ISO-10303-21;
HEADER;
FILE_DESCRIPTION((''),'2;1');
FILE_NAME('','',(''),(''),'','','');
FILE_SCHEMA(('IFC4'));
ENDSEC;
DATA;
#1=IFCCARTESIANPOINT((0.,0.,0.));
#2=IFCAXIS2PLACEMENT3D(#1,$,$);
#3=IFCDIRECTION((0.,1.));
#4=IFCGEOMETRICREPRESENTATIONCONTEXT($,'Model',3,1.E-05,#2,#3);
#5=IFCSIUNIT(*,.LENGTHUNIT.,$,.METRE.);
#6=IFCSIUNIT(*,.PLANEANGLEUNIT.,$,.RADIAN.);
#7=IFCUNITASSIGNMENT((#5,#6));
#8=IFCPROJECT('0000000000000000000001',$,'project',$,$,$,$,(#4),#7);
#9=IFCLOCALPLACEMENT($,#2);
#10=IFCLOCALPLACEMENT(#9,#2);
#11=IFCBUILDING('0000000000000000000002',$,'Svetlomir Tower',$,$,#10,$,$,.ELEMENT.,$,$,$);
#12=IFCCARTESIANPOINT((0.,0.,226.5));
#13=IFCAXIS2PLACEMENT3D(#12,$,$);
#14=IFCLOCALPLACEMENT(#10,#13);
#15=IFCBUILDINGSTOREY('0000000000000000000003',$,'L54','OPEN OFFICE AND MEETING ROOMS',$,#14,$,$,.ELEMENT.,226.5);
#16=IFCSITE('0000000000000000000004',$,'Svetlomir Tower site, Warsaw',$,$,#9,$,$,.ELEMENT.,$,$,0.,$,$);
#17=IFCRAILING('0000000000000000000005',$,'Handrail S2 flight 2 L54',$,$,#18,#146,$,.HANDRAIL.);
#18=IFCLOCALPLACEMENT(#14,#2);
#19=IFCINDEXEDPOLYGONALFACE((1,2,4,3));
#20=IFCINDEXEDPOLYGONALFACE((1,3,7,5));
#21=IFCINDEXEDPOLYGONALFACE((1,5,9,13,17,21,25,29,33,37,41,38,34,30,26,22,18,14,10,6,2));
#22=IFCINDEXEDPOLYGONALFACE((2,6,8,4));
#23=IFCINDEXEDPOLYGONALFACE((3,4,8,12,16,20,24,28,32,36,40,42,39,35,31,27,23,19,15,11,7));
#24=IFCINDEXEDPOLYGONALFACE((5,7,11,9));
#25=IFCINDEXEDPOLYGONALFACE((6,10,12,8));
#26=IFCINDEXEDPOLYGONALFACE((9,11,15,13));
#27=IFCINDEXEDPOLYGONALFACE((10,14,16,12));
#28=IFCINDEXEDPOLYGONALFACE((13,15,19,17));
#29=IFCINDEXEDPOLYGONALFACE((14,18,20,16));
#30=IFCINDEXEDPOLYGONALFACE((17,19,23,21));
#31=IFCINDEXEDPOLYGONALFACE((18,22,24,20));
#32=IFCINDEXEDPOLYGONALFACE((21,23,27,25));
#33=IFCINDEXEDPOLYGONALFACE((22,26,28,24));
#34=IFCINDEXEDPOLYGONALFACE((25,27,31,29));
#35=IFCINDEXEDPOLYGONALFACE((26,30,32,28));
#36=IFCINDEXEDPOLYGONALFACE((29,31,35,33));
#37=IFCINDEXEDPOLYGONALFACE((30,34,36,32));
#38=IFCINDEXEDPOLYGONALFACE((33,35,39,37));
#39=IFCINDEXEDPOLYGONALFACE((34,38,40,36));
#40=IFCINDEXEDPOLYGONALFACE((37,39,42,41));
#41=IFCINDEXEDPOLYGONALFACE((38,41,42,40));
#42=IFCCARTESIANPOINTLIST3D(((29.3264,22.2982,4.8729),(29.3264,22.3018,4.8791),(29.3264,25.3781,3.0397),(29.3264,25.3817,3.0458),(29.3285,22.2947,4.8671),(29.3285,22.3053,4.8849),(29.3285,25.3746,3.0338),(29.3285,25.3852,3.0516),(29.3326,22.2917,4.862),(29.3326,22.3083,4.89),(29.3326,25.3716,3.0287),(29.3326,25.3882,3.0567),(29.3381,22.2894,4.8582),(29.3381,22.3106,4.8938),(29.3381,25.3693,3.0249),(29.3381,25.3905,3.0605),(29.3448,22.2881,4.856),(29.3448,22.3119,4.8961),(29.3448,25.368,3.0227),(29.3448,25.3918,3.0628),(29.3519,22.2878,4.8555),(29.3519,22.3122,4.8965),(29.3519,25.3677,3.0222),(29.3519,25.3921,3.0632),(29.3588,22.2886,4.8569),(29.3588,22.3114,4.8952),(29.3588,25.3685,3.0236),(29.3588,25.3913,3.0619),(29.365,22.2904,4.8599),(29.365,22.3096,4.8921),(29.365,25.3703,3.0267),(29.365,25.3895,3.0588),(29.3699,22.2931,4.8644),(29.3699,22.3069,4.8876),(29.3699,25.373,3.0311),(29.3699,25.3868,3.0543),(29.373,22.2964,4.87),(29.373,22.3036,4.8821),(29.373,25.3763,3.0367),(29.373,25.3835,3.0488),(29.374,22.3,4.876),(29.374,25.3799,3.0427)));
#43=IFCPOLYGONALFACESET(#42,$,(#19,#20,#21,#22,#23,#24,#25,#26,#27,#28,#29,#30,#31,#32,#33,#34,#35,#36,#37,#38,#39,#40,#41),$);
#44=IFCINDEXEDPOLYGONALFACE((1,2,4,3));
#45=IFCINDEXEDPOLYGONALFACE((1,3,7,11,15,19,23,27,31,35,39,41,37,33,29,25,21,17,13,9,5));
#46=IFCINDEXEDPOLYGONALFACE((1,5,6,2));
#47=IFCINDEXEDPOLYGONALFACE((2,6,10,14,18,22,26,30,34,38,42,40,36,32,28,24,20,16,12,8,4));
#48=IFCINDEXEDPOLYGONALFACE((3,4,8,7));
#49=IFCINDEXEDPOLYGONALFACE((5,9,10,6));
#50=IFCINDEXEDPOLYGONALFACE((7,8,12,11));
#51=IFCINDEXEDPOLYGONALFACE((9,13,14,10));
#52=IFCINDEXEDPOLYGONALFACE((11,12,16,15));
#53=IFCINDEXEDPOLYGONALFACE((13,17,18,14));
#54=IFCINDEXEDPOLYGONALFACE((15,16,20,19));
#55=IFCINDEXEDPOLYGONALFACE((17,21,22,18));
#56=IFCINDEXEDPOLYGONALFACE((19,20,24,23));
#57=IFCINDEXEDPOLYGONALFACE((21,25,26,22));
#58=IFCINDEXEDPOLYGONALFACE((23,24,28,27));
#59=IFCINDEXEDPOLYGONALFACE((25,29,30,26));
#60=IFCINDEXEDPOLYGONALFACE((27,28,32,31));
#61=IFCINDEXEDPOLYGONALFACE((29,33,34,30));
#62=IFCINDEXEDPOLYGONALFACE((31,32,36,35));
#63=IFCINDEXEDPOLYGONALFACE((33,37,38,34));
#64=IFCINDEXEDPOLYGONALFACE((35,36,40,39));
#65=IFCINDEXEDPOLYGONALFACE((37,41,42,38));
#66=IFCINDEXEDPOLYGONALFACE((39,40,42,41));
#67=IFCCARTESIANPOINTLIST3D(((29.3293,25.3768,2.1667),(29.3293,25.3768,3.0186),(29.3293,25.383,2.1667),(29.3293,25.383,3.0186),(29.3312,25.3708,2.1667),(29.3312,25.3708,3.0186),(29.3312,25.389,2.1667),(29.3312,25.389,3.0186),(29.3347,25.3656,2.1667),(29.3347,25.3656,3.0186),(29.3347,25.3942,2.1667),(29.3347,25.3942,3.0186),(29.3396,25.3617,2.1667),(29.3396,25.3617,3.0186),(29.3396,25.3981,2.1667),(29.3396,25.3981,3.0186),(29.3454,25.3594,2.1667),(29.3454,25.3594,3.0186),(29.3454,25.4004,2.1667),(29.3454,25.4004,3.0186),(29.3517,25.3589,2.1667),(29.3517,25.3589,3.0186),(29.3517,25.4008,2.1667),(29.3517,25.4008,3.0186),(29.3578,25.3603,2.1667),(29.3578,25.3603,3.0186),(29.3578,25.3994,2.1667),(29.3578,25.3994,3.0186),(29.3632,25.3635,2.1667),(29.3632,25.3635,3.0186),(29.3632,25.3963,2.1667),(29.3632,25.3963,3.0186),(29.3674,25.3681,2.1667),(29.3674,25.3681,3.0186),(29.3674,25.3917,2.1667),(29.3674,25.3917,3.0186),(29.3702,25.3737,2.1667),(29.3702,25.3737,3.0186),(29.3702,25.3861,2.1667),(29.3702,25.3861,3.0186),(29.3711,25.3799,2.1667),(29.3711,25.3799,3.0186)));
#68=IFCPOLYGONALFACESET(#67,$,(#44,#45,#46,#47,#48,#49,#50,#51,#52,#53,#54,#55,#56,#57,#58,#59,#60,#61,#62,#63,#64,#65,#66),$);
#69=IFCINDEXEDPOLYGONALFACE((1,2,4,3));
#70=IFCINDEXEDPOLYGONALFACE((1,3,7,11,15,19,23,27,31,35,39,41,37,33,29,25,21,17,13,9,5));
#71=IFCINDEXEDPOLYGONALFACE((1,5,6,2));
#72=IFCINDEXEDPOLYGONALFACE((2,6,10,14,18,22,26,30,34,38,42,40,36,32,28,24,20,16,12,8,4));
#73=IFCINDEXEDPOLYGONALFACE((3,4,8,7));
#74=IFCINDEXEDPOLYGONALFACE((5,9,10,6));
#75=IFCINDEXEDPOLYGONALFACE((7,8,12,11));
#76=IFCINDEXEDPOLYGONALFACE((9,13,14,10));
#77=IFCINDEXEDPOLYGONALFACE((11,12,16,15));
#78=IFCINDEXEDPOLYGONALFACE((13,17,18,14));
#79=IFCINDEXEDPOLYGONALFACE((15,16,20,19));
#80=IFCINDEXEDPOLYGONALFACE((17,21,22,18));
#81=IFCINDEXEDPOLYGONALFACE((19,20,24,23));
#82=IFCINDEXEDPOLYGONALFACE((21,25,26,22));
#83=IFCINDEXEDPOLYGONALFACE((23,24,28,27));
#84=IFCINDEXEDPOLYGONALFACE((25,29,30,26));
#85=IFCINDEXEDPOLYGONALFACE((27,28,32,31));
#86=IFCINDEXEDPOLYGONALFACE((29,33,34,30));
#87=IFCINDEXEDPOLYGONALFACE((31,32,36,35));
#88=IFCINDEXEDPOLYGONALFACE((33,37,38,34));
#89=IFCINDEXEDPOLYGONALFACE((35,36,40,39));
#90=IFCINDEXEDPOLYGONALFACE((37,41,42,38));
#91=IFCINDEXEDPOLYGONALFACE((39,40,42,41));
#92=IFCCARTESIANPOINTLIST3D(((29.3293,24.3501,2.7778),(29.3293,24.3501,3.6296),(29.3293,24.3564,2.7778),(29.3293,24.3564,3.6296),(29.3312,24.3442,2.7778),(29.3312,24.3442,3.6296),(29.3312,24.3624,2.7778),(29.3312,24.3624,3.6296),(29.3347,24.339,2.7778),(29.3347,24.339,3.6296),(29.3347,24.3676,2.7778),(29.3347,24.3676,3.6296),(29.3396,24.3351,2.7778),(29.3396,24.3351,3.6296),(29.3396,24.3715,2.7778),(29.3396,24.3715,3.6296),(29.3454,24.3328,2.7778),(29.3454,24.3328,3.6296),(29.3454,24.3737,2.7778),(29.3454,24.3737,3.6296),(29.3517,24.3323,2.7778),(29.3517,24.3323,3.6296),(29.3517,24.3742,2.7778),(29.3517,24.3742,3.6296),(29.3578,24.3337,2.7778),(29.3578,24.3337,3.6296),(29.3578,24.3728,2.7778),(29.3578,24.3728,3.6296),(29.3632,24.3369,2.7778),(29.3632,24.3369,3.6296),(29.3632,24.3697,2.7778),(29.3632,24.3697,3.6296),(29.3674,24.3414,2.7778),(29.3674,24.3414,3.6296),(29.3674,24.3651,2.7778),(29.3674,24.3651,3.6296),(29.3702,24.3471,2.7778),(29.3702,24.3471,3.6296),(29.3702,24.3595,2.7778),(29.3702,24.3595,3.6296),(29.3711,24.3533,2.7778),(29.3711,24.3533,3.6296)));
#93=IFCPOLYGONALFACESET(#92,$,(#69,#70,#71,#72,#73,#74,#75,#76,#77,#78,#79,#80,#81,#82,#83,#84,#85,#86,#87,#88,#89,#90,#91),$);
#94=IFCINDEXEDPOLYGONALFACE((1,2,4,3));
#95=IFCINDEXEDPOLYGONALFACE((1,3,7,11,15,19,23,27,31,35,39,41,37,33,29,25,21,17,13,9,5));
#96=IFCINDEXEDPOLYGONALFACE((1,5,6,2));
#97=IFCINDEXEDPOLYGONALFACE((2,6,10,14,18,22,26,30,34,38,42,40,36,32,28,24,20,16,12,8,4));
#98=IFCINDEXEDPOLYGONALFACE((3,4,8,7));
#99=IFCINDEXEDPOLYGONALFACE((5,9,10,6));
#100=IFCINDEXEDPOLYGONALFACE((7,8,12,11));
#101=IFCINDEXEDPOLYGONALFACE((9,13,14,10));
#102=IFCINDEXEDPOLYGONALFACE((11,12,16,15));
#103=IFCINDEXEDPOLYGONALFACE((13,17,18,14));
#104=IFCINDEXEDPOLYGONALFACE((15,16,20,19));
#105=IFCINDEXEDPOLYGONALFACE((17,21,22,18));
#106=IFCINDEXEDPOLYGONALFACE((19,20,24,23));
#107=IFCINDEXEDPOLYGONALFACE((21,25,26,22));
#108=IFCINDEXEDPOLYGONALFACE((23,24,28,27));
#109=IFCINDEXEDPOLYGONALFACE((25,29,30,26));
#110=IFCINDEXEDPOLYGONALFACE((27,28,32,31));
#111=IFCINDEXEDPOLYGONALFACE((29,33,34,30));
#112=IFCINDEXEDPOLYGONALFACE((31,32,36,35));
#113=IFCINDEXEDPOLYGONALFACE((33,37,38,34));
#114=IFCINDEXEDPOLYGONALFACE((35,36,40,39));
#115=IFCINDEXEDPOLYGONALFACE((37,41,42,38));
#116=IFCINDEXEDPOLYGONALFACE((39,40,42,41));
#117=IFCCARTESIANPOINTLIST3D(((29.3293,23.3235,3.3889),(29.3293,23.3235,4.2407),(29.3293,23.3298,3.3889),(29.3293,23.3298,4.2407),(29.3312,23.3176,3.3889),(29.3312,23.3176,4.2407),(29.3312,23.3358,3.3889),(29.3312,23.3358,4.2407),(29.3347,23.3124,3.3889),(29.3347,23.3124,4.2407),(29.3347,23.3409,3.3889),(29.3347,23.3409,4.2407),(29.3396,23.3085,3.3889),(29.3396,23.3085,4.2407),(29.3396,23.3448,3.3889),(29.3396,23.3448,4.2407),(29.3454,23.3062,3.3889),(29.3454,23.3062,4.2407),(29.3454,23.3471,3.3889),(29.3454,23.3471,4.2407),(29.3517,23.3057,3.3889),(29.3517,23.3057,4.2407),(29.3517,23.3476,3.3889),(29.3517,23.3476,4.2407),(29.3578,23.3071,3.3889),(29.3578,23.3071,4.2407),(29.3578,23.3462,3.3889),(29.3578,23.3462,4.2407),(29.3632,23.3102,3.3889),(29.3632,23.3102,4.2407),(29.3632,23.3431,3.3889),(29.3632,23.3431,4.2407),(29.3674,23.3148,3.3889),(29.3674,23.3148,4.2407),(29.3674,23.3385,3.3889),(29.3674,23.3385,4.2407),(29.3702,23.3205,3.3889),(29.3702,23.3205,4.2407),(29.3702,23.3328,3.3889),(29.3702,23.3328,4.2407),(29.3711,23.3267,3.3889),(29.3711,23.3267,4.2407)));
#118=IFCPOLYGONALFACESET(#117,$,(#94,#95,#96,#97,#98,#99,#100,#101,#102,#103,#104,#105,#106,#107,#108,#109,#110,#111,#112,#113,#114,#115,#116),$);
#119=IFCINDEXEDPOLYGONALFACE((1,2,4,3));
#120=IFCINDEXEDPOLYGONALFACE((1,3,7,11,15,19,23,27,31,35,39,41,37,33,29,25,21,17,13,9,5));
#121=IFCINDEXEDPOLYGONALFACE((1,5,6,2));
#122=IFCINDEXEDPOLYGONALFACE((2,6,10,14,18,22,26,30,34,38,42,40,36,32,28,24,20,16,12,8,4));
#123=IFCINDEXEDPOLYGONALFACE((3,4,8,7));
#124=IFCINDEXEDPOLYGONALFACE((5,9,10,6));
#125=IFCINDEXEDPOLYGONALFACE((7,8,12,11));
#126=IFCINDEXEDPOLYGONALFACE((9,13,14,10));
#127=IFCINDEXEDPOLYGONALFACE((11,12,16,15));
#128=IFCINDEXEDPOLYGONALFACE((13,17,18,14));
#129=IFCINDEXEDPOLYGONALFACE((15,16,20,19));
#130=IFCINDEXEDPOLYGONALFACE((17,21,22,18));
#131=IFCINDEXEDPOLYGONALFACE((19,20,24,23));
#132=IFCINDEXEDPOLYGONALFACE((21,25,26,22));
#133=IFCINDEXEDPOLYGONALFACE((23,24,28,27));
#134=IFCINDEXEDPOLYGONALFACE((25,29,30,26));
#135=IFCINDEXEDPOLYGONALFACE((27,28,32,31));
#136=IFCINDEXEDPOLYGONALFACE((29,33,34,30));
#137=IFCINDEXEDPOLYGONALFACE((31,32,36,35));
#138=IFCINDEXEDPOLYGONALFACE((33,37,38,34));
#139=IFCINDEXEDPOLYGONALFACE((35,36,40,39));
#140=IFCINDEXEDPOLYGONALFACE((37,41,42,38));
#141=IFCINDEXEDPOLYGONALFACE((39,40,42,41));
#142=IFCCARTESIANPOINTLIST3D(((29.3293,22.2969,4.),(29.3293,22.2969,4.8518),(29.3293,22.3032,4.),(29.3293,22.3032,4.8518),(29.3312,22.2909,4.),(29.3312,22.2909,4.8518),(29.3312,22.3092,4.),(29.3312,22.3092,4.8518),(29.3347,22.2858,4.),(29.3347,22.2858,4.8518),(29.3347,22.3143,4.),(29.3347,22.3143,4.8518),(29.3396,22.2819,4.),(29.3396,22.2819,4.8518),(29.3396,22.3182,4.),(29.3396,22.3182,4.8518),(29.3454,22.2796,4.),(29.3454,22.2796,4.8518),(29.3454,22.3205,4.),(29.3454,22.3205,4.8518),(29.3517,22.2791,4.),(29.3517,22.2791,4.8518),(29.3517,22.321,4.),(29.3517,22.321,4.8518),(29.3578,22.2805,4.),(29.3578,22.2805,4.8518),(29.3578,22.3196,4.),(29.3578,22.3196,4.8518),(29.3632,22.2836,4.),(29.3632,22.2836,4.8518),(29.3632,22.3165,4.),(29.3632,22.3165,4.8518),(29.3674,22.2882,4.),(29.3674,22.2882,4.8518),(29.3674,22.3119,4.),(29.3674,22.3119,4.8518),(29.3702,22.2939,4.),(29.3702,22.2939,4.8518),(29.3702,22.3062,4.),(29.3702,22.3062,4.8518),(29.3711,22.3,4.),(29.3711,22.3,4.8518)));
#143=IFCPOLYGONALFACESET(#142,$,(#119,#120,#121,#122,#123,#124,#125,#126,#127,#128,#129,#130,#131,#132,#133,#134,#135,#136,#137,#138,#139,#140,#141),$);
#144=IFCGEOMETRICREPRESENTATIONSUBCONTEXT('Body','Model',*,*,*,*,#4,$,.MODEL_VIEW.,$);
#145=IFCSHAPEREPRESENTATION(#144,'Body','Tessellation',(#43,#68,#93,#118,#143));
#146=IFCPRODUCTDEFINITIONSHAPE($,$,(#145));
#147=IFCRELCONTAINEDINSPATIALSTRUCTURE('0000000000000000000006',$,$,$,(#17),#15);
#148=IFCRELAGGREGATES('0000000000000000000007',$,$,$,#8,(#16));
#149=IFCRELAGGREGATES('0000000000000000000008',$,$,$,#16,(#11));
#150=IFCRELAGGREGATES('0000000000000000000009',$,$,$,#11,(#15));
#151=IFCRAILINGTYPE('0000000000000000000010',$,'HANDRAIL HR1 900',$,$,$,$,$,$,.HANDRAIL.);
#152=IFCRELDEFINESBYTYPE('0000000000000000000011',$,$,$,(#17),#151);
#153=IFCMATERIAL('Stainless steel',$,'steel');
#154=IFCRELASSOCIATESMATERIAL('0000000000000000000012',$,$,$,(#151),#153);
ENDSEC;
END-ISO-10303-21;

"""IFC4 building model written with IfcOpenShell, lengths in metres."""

from ifc_helpers import new_model, si_unit, direction, frame, origin, origin_2d, place, context, subcontext, project, spatial, circle, extrude, material, type_object, element, save


model = new_model("IFC4")

# Units and contexts
model_context = context("Model", 3, precision=1e-05, world=origin(), true_north=direction((0.0, 1.0)))
body_context = subcontext(model_context, "Body", "Model", "MODEL_VIEW")
ifc_project = project(units=[si_unit("LENGTHUNIT", "METRE"), si_unit("PLANEANGLEUNIT", "RADIAN")], contexts=[model_context])

# Site, building, storey
site_placement = place(None, origin())
site = spatial("IfcSite", under=ifc_project, at=site_placement, Name="Svetlomir Tower site, Warsaw", CompositionType="ELEMENT", RefElevation=0.0)
building_placement = place(site_placement, origin())
building = spatial("IfcBuilding", under=site, at=building_placement, Name="Svetlomir Tower", CompositionType="ELEMENT")
storey_placement = place(building_placement, frame((0.0, 0.0, 226.5)))
storey = spatial("IfcBuildingStorey", under=building, at=storey_placement, Name="L54", Description="OPEN OFFICE AND MEETING ROOMS", CompositionType="ELEMENT", Elevation=226.5)

# Railing
ifc_material_1 = material(Name="Stainless steel", Category="steel")
railing_type = type_object("IfcRailingType", Name="HANDRAIL HR1 900", PredefinedType="HANDRAIL", material=ifc_material_1)
railing_1_placement = place(storey_placement, frame((29.3501, 25.3799, 2.1667)))
element("IfcRailing", 1, at=railing_1_placement, inside=storey, type_object=railing_type, Name="Handrail S2 flight 2 L54", PredefinedType="HANDRAIL", context=body_context, shape_type="SweptSolid", body=[
    extrude(circle(Radius=0.0239, at=origin_2d()), frame((0.0, 0.0, 0.876), z_axis=(0.0, -0.859291, 0.511487), x_axis=(1.0, 0.0, 0.0)), (0.0, 0.0, 1.0), 3.5842),
    extrude(circle(Radius=0.021, at=origin_2d()), origin(), (0.0, 0.0, 1.0), 0.8518),
    extrude(circle(Radius=0.021, at=origin_2d()), frame((0.0, -1.0266, 0.6111)), (0.0, 0.0, 1.0), 0.8518),
    extrude(circle(Radius=0.021, at=origin_2d()), frame((0.0, -2.0532, 1.2222)), (0.0, 0.0, 1.0), 0.8518),
    extrude(circle(Radius=0.021, at=origin_2d()), frame((0.0, -3.0798, 1.8333)), (0.0, 0.0, 1.0), 0.8518),
])

save(model, "model.ifc")
